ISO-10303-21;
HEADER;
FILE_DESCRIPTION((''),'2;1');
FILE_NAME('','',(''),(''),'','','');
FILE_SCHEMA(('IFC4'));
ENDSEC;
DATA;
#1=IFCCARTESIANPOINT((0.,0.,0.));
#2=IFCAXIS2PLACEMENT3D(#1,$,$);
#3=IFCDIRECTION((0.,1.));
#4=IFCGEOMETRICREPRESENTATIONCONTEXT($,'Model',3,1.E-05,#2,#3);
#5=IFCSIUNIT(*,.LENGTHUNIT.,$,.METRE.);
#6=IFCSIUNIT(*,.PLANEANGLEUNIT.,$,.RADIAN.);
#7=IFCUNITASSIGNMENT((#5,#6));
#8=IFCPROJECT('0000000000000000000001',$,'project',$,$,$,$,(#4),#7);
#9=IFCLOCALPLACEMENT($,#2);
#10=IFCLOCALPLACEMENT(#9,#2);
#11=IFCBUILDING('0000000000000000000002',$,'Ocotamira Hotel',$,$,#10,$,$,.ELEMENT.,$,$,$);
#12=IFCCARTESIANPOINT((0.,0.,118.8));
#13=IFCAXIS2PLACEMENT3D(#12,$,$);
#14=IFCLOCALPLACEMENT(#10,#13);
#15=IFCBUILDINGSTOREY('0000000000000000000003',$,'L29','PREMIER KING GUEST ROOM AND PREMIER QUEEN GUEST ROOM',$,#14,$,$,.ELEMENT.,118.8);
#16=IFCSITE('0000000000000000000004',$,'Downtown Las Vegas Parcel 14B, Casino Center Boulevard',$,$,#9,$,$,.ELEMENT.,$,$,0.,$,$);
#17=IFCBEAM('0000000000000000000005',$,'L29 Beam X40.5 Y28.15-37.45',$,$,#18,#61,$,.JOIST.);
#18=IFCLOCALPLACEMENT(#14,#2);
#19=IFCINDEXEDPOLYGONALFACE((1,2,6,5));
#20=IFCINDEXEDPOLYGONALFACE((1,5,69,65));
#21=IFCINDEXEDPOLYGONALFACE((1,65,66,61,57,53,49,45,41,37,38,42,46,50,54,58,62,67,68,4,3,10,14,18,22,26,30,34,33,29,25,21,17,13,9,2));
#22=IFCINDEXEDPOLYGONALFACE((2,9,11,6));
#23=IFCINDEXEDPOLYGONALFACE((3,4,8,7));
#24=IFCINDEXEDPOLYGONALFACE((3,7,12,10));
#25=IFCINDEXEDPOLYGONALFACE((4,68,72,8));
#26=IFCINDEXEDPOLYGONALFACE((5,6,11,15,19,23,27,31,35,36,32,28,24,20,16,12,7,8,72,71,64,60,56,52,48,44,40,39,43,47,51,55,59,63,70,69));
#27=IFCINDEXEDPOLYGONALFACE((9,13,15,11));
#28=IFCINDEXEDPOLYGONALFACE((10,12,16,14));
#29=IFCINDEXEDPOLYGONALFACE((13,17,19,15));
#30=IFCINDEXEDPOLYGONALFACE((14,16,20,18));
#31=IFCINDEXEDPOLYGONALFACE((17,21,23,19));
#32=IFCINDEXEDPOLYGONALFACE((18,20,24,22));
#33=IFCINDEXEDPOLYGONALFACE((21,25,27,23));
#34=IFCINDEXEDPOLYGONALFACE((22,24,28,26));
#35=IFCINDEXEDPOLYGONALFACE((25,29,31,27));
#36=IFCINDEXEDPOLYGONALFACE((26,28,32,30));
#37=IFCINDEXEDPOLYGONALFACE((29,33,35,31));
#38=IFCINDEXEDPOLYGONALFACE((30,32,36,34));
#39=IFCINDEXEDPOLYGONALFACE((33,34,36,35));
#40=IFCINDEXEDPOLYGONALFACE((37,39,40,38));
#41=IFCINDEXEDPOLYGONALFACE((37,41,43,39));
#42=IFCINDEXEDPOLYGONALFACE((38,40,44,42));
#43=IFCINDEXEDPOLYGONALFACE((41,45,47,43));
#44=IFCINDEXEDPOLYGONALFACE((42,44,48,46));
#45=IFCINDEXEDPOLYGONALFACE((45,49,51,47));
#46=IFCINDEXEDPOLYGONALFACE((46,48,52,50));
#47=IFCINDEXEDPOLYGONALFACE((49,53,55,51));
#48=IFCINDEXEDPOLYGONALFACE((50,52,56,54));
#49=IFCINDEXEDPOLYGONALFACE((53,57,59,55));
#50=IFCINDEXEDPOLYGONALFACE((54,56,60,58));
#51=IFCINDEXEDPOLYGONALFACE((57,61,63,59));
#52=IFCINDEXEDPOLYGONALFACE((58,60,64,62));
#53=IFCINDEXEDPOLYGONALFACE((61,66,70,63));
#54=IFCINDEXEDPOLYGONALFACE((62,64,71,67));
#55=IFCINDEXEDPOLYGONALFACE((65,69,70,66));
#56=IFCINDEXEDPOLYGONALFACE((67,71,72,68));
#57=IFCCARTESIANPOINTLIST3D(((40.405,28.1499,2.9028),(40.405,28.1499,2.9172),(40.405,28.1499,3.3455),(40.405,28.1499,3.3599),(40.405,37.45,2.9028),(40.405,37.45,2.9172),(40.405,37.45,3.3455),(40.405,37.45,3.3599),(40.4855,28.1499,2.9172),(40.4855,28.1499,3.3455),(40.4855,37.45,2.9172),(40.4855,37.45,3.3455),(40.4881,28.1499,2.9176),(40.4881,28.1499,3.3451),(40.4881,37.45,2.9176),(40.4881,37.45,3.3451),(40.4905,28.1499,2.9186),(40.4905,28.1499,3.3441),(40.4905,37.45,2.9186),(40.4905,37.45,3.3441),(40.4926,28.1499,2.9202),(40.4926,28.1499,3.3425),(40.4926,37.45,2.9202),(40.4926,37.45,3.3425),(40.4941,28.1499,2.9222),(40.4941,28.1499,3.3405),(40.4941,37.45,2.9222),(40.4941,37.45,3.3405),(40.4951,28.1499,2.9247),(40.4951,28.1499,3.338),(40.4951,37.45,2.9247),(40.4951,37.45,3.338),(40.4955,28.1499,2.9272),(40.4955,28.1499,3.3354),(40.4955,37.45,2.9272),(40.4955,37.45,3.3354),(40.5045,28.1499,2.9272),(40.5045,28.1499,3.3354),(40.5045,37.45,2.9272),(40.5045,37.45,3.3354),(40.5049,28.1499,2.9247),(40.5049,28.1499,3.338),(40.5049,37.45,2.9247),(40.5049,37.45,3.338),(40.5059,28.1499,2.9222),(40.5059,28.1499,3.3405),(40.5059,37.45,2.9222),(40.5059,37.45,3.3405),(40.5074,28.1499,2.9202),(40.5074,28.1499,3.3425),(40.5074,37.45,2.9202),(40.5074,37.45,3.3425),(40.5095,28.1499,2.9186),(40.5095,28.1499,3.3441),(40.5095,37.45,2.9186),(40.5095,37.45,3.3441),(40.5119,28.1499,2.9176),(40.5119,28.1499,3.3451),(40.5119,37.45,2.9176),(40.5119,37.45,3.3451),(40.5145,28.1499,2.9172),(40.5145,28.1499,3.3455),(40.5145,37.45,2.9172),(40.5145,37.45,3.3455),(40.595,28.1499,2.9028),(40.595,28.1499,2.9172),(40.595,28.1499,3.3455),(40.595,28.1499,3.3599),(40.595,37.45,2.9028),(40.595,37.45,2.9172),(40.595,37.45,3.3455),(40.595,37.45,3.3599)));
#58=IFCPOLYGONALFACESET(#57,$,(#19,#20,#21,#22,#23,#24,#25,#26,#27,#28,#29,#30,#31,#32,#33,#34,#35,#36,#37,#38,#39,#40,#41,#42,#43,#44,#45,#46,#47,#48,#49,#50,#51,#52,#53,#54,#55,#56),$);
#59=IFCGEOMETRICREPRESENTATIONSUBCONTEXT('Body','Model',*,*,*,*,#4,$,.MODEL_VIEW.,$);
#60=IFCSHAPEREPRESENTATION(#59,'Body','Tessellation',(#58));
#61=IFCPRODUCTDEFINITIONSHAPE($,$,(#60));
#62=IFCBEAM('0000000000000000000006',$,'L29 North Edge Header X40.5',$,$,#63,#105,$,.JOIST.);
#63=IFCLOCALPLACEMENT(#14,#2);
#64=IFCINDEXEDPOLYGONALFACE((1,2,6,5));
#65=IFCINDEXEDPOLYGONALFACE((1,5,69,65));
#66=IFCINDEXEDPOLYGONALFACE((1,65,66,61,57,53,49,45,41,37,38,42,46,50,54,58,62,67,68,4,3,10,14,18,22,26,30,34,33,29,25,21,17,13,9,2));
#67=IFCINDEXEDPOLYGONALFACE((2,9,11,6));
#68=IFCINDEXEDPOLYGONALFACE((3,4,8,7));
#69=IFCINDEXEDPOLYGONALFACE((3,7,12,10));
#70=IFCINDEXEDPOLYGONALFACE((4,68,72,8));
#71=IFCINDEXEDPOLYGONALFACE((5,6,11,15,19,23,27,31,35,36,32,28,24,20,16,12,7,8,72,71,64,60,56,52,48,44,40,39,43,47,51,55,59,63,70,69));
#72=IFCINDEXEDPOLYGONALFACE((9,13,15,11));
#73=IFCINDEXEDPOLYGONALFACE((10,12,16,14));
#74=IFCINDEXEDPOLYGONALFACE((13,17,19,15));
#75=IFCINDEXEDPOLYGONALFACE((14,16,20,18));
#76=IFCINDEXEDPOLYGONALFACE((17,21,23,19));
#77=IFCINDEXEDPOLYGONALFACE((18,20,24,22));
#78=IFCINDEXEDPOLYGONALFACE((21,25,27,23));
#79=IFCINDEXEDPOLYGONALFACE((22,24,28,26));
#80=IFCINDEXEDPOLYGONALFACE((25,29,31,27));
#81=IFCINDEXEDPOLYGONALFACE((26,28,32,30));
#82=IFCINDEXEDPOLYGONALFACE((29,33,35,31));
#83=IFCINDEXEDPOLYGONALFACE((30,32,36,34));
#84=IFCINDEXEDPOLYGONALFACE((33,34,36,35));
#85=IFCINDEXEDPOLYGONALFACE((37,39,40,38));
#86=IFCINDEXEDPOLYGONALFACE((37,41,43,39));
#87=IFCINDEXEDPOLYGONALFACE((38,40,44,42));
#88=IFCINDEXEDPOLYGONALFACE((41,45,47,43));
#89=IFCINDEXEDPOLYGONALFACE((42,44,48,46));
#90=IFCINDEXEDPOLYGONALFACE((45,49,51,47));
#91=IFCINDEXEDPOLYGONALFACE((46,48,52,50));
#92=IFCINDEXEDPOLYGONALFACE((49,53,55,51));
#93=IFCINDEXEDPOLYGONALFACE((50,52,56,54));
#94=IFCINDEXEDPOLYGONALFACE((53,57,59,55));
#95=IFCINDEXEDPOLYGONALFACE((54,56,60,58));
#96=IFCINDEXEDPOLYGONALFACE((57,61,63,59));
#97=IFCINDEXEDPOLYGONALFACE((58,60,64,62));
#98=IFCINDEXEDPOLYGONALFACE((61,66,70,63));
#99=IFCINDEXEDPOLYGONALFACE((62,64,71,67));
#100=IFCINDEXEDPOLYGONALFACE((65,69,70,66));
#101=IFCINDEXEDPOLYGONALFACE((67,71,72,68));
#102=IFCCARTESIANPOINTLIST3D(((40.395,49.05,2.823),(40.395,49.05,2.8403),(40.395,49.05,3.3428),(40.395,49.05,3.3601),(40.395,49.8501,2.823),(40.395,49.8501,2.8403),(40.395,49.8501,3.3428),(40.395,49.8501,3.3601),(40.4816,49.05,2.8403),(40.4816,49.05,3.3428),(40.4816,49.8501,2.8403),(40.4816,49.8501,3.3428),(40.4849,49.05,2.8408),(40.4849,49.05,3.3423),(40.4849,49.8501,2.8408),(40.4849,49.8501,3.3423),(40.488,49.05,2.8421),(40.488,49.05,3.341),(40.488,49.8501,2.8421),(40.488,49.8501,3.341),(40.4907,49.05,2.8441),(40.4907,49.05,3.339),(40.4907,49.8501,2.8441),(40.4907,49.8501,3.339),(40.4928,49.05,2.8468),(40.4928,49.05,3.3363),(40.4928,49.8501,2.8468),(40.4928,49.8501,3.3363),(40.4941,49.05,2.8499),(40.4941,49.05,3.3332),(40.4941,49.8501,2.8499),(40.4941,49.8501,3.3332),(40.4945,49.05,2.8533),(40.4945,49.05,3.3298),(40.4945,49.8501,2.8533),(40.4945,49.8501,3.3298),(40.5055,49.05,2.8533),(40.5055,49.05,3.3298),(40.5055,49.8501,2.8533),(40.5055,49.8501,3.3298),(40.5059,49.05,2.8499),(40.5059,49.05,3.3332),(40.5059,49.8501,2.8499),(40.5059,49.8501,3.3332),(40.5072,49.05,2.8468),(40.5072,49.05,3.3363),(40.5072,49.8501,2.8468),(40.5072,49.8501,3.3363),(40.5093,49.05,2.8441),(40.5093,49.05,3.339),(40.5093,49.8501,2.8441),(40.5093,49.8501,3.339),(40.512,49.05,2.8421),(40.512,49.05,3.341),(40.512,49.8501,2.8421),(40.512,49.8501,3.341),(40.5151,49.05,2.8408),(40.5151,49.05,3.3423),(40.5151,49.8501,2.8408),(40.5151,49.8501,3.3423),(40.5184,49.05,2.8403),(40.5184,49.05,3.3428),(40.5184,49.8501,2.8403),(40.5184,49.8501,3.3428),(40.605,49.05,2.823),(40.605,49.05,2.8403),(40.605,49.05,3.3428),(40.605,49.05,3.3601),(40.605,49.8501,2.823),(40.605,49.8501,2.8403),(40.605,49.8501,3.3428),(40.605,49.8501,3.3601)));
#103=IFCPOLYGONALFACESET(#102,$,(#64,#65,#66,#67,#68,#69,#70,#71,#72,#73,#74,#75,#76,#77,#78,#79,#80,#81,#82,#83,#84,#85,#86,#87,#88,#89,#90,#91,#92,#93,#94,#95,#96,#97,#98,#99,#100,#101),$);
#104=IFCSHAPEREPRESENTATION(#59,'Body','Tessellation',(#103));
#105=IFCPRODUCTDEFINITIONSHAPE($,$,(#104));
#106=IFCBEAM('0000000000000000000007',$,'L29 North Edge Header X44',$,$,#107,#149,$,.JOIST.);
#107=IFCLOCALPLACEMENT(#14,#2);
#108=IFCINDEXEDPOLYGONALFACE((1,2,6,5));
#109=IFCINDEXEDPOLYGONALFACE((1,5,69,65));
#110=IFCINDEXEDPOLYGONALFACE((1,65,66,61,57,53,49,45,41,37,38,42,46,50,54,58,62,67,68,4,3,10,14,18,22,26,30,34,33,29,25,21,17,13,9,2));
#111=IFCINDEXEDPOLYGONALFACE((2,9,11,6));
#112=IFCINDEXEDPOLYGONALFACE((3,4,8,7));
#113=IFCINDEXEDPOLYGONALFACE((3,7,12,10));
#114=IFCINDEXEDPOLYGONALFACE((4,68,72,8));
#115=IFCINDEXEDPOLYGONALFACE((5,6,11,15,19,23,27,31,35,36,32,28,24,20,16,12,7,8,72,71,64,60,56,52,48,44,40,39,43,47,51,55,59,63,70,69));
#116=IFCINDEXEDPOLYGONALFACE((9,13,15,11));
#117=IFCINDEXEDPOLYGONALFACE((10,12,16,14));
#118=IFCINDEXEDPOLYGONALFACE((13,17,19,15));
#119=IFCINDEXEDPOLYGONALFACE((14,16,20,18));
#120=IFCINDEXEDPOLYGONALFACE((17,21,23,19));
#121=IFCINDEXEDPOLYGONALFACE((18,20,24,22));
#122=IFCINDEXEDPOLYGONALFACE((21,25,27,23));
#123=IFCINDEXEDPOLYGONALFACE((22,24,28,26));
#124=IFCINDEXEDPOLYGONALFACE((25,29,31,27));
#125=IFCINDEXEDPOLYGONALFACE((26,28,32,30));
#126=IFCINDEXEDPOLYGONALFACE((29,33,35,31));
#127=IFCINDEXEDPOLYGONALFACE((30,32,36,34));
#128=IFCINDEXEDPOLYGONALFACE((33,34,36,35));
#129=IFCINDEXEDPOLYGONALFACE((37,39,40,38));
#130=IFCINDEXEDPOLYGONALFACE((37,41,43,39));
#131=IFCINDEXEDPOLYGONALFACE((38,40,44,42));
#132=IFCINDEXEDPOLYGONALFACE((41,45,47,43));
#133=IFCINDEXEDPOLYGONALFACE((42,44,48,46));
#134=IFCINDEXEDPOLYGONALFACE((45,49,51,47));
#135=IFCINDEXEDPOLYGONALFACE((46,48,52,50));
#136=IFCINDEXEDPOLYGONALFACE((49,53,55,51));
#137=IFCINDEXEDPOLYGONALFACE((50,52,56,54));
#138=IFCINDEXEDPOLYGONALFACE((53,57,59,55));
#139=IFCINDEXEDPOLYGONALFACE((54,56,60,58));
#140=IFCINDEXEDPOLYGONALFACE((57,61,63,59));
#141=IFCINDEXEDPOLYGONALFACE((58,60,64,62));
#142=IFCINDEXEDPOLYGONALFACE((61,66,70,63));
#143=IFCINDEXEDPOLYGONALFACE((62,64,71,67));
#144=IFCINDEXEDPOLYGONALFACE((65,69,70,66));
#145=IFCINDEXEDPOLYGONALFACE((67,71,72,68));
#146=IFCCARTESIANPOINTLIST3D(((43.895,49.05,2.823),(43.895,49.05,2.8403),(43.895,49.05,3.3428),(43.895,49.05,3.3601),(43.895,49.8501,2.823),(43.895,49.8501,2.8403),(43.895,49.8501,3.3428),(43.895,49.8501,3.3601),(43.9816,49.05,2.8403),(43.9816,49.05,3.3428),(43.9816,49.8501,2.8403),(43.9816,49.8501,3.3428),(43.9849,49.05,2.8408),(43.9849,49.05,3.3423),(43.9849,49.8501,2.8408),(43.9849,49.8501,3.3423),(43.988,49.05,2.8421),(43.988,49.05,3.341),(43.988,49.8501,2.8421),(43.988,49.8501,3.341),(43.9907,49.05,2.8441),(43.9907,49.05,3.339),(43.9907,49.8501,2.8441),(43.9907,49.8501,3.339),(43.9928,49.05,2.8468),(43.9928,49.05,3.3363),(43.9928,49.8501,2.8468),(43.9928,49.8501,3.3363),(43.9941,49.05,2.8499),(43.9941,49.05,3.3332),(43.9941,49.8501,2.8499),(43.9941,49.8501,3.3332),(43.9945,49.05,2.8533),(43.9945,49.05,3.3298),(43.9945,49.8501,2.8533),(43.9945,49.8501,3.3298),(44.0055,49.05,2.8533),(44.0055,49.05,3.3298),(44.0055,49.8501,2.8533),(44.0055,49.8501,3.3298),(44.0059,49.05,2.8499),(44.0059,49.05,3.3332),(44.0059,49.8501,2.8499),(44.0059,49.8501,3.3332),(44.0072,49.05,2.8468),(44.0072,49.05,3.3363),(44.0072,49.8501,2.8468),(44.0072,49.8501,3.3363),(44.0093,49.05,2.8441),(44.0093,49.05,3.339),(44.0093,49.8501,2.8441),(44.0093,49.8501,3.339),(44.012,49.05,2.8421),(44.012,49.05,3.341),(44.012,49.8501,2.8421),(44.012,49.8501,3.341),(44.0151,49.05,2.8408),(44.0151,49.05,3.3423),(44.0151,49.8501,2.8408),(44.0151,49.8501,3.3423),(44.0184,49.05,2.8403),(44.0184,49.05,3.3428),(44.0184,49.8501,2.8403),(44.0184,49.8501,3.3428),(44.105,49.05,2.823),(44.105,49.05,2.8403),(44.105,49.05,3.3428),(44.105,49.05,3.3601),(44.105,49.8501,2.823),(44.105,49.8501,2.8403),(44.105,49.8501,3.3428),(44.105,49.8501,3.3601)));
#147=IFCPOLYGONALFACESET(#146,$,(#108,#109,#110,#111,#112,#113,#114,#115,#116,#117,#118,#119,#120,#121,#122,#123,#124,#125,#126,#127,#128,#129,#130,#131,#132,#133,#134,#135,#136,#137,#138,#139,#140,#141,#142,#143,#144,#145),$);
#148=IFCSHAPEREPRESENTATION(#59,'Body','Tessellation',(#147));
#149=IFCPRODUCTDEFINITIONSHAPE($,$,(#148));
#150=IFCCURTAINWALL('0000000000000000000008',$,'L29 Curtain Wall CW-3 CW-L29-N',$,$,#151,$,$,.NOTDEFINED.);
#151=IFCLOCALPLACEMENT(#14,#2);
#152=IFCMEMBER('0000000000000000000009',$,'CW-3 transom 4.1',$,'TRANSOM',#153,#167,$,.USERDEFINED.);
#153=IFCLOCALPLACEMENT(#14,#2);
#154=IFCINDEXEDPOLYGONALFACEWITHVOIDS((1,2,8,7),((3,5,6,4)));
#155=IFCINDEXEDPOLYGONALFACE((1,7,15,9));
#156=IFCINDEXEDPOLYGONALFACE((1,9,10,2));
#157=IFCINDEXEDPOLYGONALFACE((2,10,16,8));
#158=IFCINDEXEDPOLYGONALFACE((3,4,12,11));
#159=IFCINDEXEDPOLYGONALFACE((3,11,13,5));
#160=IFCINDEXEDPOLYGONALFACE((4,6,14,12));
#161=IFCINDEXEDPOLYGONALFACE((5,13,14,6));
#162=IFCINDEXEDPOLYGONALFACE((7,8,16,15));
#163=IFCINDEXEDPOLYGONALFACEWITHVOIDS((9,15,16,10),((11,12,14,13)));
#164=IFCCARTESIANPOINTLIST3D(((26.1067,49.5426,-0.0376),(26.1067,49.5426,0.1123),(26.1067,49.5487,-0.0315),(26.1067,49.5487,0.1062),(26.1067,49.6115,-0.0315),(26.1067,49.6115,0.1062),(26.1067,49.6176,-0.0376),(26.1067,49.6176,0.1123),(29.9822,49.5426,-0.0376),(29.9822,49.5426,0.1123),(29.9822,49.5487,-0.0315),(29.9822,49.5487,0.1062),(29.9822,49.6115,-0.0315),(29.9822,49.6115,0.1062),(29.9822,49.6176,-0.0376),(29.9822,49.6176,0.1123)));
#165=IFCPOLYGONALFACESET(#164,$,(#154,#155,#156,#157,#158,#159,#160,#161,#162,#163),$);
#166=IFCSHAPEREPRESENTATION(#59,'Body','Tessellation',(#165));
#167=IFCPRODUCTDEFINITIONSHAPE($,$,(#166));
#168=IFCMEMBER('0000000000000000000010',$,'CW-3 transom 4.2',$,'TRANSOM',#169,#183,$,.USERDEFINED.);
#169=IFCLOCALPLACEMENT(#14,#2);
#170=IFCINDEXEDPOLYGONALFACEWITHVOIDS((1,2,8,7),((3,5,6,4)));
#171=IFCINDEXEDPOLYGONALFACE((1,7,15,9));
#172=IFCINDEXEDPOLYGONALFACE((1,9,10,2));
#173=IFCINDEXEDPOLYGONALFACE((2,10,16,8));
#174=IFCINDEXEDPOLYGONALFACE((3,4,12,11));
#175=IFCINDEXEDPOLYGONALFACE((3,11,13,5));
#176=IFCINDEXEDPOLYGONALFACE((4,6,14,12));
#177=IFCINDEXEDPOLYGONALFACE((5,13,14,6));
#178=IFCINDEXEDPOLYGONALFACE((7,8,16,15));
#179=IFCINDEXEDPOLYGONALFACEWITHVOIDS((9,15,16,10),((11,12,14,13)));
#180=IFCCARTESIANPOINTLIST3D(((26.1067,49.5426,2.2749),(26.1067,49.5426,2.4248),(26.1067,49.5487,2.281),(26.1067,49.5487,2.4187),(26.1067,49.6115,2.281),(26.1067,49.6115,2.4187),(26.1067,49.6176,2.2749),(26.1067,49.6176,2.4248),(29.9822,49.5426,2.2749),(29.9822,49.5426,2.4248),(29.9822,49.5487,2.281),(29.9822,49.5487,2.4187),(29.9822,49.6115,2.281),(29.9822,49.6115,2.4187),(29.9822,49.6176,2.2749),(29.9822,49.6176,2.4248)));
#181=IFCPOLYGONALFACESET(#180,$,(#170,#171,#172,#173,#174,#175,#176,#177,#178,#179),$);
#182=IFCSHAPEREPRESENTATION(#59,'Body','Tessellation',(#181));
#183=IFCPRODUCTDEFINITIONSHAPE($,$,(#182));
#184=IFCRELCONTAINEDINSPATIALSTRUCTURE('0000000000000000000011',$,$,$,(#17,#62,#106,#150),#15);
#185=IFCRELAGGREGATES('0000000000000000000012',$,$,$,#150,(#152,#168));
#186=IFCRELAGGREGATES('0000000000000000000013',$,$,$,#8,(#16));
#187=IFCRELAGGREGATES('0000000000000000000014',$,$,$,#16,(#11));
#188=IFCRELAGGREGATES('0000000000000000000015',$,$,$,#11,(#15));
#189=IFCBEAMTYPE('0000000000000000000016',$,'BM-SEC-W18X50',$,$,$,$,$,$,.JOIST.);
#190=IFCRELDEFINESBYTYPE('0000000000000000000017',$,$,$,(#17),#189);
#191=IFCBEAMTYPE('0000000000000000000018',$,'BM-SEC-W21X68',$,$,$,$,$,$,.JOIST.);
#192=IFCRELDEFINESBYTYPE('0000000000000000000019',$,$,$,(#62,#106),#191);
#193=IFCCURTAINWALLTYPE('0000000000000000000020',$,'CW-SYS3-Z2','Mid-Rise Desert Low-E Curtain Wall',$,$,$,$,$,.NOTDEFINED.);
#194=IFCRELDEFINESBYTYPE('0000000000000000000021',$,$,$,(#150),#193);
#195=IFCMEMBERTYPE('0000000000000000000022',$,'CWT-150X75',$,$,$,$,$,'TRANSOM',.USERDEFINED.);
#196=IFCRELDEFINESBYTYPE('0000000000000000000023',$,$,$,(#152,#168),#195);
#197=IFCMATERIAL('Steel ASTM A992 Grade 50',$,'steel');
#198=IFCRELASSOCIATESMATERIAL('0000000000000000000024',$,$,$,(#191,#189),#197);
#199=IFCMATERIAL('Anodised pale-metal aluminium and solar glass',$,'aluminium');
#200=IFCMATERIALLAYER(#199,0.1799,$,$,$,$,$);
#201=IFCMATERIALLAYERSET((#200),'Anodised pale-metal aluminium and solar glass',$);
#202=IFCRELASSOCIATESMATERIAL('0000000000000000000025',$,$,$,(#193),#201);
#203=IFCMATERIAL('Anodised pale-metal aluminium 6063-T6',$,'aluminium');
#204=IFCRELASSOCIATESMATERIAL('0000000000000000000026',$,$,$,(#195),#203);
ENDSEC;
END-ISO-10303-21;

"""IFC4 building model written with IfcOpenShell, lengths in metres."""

from ifc_helpers import new_model, si_unit, direction, frame, origin, origin_2d, place, context, subcontext, project, spatial, hollow_rectangle, i_section, extrude, source, transform, mapped, material, layer, layer_set, material_profile, profile_set, type_object, element, aggregate, save


model = new_model("IFC4")

# Units and contexts
model_context = context("Model", 3, precision=1e-05, world=origin(), true_north=direction((0.0, 1.0)))
body_context = subcontext(model_context, "Body", "Model", "MODEL_VIEW")
ifc_project = project(units=[si_unit("LENGTHUNIT", "METRE"), si_unit("PLANEANGLEUNIT", "RADIAN")], contexts=[model_context])

# Site, building, storey
site_placement = place(None, origin())
site = spatial("IfcSite", under=ifc_project, at=site_placement, Name="Downtown Las Vegas Parcel 14B, Casino Center Boulevard", CompositionType="ELEMENT", RefElevation=0.0)
building_placement = place(site_placement, origin())
building = spatial("IfcBuilding", under=site, at=building_placement, Name="Ocotamira Hotel", CompositionType="ELEMENT")
storey_placement = place(building_placement, frame((0.0, 0.0, 118.8)))
storey = spatial("IfcBuildingStorey", under=building, at=storey_placement, Name="L29", Description="PREMIER KING GUEST ROOM AND PREMIER QUEEN GUEST ROOM", CompositionType="ELEMENT", Elevation=118.8)

# Beams
ifc_material_1 = material(Name="Steel ASTM A992 Grade 50", Category="steel")
ifc_material_profile_1 = material_profile(ifc_material_1, i_section(OverallWidth=0.21, OverallDepth=0.5371, WebThickness=0.011, FlangeThickness=0.0173, FilletRadius=0.0129, at=origin_2d()), Name="W21X68")
ifc_profile_set_1 = profile_set([ifc_material_profile_1], Name="Steel ASTM A992 Grade 50")
beam_type_1 = type_object("IfcBeamType", Name="BM-SEC-W21X68", PredefinedType="JOIST", material=ifc_profile_set_1)
ifc_material_profile_2 = material_profile(ifc_material_1, i_section(OverallWidth=0.1899, OverallDepth=0.457, WebThickness=0.009, FlangeThickness=0.0144, FilletRadius=0.01, at=origin_2d()), Name="W18X50")
ifc_profile_set_2 = profile_set([ifc_material_profile_2], Name="Steel ASTM A992 Grade 50")
beam_type_2 = type_object("IfcBeamType", Name="BM-SEC-W18X50", PredefinedType="JOIST", material=ifc_profile_set_2)
shared_shape_1 = source(origin(), body_context, "Body", "SweptSolid", [
    extrude(i_section(OverallWidth=0.1899, OverallDepth=0.457, WebThickness=0.009, FlangeThickness=0.0144, FilletRadius=0.01, at=origin_2d()), origin(), (0.0, 0.0, 1.0), 9.3),
])
beam_1_placement = place(storey_placement, frame((40.5, 28.1499, 3.1313), z_axis=(0.0, 1.0, 0.0), x_axis=(-1.0, 0.0, 0.0)))
element("IfcBeam", 1, at=beam_1_placement, inside=storey, type_object=beam_type_2, Name="L29 Beam X40.5 Y28.15-37.45", PredefinedType="JOIST", context=body_context, shape_type="MappedRepresentation", body=[
    mapped(shared_shape_1, transform((0.0, 0.0, 0.0), scale=1.0)),
])
shared_shape_2 = source(origin(), body_context, "Body", "SweptSolid", [
    extrude(i_section(OverallWidth=0.21, OverallDepth=0.5371, WebThickness=0.011, FlangeThickness=0.0173, FilletRadius=0.0129, at=origin_2d()), origin(), (0.0, 0.0, 1.0), 0.8),
])
for number, where, z_axis, x_axis, name in (
    (2, (40.5, 49.05, 3.0916), (0.0, 1.0, 0.0), (-1.0, 0.0, 0.0), "L29 North Edge Header X40.5"),
    (3, (44.0, 49.05, 3.0916), (0.0, 1.0, 0.0), (-1.0, 0.0, 0.0), "L29 North Edge Header X44"),
):
    element("IfcBeam", number, at=place(storey_placement, frame(where, z_axis=z_axis, x_axis=x_axis)), inside=storey, type_object=beam_type_1, Name=name, PredefinedType="JOIST", context=body_context, shape_type="MappedRepresentation", body=[
        mapped(shared_shape_2, transform((0.0, 0.0, 0.0), scale=1.0)),
    ])

# Curtain wall, members
ifc_material_2 = material(Name="Anodised pale-metal aluminium and solar glass", Category="aluminium")
ifc_layer_1 = layer(ifc_material_2, 0.1799)
ifc_layer_set_1 = layer_set([ifc_layer_1], Name="Anodised pale-metal aluminium and solar glass")
curtain_wall_type = type_object("IfcCurtainWallType", Name="CW-SYS3-Z2", Description="Mid-Rise Desert Low-E Curtain Wall", PredefinedType="NOTDEFINED", material=ifc_layer_set_1)
curtain_wall_placement = place(storey_placement, origin())
curtain_wall = element("IfcCurtainWall", 4, at=curtain_wall_placement, inside=storey, type_object=curtain_wall_type, Name="L29 Curtain Wall CW-3 CW-L29-N", PredefinedType="NOTDEFINED")
ifc_material_3 = material(Name="Anodised pale-metal aluminium 6063-T6", Category="aluminium")
ifc_material_profile_3 = material_profile(ifc_material_3, hollow_rectangle(XDim=0.075, YDim=0.1499, WallThickness=0.0061, at=origin_2d()), Name="HSS150X75X6")
ifc_profile_set_3 = profile_set([ifc_material_profile_3], Name="Anodised pale-metal aluminium 6063-T6")
member_type_1 = type_object("IfcMemberType", Name="CWT-150X75", ElementType="TRANSOM", PredefinedType="USERDEFINED", material=ifc_profile_set_3)
shared_shape_3 = source(origin(), body_context, "Body", "SweptSolid", [
    extrude(hollow_rectangle(XDim=0.075, YDim=0.1499, WallThickness=0.0061, at=origin_2d()), origin(), (0.0, 0.0, 1.0), 3.8755),
])
member_1_placement = place(storey_placement, frame((26.1067, 49.5801, 0.0374), z_axis=(1.0, 0.0, 0.0), x_axis=(0.0, 1.0, 0.0)))
member_1 = element("IfcMember", 5, at=member_1_placement, type_object=member_type_1, Name="CW-3 transom 4.1", ObjectType="TRANSOM", PredefinedType="USERDEFINED", context=body_context, shape_type="MappedRepresentation", body=[
    mapped(shared_shape_3, transform((0.0, 0.0, 0.0), scale=1.0)),
])
member_2_placement = place(storey_placement, frame((26.1067, 49.5801, 2.3499), z_axis=(1.0, 0.0, 0.0), x_axis=(0.0, 1.0, 0.0)))
member_2 = element("IfcMember", 6, at=member_2_placement, type_object=member_type_1, Name="CW-3 transom 4.2", ObjectType="TRANSOM", PredefinedType="USERDEFINED", context=body_context, shape_type="MappedRepresentation", body=[
    mapped(shared_shape_3, transform((0.0, 0.0, 0.0), scale=1.0)),
])
aggregate(curtain_wall, [member_1, member_2])

save(model, "model.ifc")
